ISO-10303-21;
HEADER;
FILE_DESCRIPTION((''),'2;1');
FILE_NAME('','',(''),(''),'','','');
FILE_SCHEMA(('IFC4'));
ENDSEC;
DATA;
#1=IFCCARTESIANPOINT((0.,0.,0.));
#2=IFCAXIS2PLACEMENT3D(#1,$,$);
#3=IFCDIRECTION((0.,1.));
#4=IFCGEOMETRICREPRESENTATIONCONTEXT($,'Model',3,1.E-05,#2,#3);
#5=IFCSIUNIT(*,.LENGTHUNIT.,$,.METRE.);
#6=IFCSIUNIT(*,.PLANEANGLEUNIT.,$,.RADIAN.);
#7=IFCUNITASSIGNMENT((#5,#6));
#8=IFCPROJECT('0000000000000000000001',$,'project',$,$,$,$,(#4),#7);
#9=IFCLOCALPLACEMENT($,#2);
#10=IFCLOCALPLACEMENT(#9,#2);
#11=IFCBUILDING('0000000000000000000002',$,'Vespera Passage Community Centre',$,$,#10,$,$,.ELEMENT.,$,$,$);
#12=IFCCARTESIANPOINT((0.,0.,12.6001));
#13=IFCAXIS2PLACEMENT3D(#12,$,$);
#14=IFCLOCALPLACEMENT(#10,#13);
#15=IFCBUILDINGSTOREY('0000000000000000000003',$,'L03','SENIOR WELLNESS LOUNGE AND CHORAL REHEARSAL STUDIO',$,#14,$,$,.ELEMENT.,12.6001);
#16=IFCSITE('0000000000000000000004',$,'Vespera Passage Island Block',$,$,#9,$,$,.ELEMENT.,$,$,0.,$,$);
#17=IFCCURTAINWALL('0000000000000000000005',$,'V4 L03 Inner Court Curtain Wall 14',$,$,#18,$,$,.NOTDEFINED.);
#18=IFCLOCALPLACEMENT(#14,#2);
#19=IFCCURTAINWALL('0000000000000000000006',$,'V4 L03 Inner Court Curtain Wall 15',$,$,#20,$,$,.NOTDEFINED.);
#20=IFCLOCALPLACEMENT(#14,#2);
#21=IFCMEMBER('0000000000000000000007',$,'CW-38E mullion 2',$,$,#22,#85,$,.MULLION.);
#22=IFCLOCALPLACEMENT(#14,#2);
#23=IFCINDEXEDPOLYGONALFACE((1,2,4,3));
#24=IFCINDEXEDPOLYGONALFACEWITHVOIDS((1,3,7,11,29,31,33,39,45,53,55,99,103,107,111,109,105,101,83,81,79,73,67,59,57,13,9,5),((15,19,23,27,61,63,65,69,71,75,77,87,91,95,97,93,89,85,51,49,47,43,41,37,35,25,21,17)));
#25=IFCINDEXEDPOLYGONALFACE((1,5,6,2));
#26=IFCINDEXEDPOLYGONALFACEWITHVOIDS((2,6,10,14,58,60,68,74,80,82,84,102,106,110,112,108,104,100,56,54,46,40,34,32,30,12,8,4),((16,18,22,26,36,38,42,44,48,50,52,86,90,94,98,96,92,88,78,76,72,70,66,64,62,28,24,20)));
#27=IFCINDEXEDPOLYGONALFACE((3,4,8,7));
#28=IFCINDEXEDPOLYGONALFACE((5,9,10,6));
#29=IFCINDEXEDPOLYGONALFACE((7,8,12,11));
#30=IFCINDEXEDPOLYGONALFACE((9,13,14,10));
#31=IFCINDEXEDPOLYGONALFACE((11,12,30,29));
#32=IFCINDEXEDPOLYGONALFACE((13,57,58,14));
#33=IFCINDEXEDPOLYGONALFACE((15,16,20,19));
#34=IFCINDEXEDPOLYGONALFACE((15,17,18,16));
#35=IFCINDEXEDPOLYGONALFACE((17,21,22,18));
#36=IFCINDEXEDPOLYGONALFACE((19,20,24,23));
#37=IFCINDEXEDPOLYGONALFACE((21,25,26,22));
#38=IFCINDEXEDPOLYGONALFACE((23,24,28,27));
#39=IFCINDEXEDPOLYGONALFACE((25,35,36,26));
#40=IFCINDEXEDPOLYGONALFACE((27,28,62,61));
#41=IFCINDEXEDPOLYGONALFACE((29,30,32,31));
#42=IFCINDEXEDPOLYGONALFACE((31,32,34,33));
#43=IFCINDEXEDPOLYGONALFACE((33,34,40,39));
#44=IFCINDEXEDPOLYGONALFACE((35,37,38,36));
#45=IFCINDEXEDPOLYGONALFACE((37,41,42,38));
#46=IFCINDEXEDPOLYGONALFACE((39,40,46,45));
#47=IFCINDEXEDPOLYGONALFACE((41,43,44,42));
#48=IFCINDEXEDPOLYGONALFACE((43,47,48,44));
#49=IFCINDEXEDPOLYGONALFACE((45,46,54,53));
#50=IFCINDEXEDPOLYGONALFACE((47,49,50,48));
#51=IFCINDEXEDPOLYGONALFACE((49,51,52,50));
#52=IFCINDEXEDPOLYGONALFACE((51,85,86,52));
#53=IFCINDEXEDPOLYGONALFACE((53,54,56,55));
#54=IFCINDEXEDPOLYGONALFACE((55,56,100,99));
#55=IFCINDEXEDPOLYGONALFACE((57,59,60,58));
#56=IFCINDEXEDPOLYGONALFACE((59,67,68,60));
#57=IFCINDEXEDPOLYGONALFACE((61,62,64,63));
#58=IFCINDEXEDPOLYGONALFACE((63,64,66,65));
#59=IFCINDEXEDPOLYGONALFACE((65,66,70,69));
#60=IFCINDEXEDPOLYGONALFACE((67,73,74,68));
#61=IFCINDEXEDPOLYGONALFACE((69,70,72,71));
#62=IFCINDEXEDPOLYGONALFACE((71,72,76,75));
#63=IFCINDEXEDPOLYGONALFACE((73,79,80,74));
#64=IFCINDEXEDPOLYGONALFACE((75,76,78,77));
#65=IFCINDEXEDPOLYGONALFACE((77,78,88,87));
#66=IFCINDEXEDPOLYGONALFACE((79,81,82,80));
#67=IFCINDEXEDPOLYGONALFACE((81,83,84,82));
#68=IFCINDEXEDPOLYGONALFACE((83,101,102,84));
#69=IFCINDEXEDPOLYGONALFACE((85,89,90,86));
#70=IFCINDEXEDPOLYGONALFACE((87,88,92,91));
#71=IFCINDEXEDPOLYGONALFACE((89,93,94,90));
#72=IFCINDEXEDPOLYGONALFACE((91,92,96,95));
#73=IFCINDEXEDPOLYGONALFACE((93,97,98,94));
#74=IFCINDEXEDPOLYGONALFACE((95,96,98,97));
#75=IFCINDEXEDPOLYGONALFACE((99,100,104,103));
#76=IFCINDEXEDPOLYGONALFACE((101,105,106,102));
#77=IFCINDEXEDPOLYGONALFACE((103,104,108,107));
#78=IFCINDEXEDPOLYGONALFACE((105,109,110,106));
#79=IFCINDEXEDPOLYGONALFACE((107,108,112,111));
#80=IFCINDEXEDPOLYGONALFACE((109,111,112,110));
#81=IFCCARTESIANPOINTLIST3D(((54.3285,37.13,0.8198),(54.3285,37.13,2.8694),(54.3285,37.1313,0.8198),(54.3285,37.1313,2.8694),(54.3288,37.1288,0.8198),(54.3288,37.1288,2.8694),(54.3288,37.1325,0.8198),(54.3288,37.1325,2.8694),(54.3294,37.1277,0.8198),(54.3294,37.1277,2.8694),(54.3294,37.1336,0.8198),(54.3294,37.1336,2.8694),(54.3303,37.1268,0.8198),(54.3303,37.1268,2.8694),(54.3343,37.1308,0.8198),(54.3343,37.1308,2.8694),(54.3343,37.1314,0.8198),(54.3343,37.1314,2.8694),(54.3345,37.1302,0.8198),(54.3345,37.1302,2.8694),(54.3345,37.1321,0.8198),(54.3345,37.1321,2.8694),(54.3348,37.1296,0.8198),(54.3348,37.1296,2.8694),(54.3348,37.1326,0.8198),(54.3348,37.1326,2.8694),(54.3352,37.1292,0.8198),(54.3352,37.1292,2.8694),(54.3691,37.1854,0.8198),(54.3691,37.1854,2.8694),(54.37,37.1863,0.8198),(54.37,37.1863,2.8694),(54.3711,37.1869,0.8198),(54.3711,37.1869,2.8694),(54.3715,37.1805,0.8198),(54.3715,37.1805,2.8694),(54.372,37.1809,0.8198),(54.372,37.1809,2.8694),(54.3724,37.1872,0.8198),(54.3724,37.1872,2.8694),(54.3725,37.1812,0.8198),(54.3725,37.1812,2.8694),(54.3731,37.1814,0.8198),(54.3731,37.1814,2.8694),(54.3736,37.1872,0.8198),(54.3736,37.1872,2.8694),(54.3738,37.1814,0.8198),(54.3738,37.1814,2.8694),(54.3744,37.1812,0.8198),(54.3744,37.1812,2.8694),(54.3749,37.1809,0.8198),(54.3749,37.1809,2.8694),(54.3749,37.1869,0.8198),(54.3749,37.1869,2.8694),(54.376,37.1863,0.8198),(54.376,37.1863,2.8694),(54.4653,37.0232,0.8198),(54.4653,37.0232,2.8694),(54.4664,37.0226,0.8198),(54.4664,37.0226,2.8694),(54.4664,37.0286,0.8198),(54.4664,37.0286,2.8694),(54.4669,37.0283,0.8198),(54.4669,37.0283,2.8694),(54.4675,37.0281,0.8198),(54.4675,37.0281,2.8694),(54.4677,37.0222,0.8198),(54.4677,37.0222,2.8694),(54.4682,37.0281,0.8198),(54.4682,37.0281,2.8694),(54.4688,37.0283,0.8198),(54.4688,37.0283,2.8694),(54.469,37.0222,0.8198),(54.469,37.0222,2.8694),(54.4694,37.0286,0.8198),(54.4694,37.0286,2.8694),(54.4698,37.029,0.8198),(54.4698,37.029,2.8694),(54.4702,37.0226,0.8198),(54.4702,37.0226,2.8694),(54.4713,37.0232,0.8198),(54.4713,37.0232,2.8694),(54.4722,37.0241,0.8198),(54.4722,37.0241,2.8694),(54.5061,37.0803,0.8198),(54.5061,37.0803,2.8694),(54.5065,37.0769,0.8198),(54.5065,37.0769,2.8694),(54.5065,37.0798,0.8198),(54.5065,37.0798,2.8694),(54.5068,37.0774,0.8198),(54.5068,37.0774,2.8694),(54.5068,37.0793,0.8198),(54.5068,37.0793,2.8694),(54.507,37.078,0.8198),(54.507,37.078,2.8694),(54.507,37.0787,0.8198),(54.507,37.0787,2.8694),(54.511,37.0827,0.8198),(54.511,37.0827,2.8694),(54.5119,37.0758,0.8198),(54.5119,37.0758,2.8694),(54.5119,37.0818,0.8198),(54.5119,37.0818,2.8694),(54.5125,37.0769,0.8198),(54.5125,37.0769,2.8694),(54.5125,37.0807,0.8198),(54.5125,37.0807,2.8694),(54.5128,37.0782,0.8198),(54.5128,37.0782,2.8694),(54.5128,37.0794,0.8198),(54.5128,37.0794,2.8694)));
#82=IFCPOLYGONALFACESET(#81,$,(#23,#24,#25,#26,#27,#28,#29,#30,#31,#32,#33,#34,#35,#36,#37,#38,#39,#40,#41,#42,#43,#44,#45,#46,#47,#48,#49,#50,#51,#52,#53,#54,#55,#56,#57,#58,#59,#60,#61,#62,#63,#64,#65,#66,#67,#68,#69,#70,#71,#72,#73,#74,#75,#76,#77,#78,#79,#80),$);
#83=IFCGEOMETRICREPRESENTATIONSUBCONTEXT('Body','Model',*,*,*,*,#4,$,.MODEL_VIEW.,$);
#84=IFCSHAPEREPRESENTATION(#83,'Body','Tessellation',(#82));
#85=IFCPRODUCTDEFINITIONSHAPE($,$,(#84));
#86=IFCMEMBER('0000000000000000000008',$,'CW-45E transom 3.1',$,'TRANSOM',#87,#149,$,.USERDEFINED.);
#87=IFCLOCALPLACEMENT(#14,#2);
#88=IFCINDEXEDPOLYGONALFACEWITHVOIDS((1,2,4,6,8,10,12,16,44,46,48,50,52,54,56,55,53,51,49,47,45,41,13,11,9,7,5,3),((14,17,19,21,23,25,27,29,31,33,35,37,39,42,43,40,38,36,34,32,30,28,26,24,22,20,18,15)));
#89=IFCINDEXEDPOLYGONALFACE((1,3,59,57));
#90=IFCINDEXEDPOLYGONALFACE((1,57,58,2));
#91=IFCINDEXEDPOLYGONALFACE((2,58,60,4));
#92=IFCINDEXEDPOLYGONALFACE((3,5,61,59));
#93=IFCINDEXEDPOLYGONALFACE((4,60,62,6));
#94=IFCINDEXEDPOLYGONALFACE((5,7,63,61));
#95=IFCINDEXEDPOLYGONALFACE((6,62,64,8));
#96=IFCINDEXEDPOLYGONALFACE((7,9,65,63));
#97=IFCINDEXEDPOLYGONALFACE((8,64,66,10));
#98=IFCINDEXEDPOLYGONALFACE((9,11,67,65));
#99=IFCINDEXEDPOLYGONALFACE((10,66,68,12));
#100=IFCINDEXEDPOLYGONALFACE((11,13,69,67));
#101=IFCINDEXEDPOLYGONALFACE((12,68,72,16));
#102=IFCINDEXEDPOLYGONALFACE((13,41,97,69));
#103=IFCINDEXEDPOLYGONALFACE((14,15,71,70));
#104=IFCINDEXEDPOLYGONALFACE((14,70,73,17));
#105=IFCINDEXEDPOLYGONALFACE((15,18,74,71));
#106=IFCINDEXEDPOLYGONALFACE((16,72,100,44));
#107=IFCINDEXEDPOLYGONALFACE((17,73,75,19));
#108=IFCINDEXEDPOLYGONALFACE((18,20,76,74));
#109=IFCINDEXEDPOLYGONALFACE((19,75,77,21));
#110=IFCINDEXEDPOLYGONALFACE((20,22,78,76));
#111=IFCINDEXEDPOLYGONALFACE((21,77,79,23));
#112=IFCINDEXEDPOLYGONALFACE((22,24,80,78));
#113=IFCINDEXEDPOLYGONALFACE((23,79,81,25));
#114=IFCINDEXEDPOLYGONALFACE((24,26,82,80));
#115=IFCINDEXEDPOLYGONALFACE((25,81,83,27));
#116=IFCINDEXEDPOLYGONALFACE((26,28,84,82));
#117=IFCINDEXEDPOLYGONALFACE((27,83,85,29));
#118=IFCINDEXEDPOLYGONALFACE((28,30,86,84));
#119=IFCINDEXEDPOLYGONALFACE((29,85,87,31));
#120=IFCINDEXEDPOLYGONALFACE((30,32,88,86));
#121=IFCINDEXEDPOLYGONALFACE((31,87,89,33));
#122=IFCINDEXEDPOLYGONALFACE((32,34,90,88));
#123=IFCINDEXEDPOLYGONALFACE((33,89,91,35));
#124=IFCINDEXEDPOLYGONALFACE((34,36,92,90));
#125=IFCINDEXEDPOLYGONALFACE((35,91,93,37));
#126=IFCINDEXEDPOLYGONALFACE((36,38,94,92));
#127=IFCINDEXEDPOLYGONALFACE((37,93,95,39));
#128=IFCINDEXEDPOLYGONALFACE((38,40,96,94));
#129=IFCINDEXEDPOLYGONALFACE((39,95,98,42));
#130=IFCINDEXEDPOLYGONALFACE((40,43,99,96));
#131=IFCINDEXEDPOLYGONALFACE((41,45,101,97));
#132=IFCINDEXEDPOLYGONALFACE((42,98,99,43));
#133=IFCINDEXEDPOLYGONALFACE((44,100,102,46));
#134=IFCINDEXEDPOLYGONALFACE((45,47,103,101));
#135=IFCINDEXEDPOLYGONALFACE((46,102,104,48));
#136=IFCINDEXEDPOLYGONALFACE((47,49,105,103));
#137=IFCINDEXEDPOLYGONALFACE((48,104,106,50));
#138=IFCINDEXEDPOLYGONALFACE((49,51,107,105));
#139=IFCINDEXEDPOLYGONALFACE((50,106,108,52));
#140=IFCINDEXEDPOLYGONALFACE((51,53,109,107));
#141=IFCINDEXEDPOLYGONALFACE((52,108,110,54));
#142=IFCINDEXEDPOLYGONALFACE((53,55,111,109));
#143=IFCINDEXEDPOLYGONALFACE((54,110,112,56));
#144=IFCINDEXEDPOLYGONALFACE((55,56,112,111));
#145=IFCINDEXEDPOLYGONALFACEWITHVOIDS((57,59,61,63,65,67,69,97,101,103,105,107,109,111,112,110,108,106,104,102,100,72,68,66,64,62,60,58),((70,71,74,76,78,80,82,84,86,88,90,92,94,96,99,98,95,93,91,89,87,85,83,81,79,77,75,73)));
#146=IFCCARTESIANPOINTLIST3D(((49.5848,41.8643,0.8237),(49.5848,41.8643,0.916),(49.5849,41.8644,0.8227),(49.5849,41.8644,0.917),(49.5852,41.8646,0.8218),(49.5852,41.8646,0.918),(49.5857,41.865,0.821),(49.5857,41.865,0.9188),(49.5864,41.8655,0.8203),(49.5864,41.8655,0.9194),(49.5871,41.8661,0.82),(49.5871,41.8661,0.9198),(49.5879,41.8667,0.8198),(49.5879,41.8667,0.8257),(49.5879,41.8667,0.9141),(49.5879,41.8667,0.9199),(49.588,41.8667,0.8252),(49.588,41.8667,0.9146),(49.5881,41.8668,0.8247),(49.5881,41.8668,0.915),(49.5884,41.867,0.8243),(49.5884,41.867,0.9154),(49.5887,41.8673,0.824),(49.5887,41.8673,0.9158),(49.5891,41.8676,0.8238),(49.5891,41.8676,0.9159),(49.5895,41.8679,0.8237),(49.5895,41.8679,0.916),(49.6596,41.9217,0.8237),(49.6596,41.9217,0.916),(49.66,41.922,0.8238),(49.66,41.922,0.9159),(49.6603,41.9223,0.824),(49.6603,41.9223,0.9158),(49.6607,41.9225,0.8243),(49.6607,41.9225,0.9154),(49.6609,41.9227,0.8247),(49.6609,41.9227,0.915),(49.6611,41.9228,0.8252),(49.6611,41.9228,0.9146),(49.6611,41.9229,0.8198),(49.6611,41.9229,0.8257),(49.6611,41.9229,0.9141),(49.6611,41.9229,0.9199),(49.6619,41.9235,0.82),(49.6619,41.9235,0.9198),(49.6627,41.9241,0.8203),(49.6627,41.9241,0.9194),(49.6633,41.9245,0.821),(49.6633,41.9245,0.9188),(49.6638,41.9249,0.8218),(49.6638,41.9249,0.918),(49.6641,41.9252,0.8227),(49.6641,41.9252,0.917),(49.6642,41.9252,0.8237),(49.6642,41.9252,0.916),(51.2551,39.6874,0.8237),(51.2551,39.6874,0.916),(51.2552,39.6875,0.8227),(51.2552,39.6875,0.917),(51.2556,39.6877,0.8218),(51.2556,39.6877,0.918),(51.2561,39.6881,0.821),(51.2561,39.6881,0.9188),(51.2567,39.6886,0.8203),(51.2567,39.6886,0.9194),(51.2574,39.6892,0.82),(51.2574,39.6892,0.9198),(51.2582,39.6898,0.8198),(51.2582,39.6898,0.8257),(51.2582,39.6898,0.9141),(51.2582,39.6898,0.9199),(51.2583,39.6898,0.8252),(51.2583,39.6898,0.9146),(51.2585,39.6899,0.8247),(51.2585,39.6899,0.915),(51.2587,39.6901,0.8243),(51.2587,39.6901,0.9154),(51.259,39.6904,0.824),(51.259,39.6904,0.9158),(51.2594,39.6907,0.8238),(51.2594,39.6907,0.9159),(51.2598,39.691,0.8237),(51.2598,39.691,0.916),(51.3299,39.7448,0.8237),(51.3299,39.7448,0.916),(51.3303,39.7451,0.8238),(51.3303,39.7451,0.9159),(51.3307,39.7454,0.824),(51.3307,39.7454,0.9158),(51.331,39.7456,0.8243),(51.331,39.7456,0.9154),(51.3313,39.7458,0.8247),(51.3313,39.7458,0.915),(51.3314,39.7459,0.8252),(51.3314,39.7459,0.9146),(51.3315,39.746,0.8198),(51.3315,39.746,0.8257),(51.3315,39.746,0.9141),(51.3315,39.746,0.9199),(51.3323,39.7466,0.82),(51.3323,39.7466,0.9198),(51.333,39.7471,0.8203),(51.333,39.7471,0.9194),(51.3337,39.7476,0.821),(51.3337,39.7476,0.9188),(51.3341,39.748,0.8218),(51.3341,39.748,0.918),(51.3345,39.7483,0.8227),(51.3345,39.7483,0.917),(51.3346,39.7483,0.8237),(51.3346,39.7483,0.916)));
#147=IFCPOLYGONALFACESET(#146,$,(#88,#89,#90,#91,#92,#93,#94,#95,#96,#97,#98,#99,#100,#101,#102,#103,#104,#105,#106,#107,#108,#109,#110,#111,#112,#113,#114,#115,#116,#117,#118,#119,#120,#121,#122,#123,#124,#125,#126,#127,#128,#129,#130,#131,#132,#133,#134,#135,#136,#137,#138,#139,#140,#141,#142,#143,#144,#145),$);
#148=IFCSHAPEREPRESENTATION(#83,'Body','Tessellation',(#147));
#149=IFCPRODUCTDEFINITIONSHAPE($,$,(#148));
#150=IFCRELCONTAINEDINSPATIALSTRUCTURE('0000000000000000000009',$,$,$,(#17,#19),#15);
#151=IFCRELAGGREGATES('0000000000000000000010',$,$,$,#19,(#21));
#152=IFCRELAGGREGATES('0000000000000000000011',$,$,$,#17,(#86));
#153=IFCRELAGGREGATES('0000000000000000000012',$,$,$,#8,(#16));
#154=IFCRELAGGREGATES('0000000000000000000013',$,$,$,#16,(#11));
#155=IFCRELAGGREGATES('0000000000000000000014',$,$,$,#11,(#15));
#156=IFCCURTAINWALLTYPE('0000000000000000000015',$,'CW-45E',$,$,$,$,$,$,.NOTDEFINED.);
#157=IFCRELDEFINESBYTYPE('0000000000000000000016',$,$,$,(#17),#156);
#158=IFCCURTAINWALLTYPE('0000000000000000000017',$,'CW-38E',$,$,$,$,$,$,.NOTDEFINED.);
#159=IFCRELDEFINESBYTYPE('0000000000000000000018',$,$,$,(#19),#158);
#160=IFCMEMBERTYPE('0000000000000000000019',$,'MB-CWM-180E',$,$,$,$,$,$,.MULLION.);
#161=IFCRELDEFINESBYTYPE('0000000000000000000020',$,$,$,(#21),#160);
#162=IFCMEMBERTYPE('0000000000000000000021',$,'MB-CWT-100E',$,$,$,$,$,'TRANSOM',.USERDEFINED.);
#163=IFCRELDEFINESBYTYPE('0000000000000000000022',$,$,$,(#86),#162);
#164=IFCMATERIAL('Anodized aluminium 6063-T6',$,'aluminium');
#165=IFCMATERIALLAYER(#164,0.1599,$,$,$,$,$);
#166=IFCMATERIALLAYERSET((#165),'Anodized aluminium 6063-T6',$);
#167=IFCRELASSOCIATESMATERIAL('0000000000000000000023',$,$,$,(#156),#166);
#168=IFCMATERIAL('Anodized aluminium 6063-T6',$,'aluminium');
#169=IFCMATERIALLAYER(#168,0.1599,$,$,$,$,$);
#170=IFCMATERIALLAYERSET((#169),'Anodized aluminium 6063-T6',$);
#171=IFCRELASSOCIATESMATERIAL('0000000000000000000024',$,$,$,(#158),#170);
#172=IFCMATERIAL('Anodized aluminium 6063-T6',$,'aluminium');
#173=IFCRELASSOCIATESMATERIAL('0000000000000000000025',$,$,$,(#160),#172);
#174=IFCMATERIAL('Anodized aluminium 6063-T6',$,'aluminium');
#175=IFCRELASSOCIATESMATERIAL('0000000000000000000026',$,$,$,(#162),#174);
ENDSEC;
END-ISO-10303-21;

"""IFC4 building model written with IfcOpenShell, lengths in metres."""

from ifc_helpers import new_model, si_unit, direction, frame, origin, origin_2d, place, context, subcontext, project, spatial, hollow_rectangle, extrude, material, layer, layer_set, material_profile, profile_set, type_object, element, aggregate, save


model = new_model("IFC4")

# Units and contexts
model_context = context("Model", 3, precision=1e-05, world=origin(), true_north=direction((0.0, 1.0)))
body_context = subcontext(model_context, "Body", "Model", "MODEL_VIEW")
ifc_project = project(units=[si_unit("LENGTHUNIT", "METRE"), si_unit("PLANEANGLEUNIT", "RADIAN")], contexts=[model_context])

# Site, building, storey
site_placement = place(None, origin())
site = spatial("IfcSite", under=ifc_project, at=site_placement, Name="Vespera Passage Island Block", CompositionType="ELEMENT", RefElevation=0.0)
building_placement = place(site_placement, origin())
building = spatial("IfcBuilding", under=site, at=building_placement, Name="Vespera Passage Community Centre", CompositionType="ELEMENT")
storey_placement = place(building_placement, frame((0.0, 0.0, 12.6001)))
storey = spatial("IfcBuildingStorey", under=building, at=storey_placement, Name="L03", Description="SENIOR WELLNESS LOUNGE AND CHORAL REHEARSAL STUDIO", CompositionType="ELEMENT", Elevation=12.6001)

# Curtain walls, member
ifc_material_1 = material(Name="Anodized aluminium 6063-T6", Category="aluminium")
ifc_layer_1 = layer(ifc_material_1, 0.1599)
ifc_layer_set_1 = layer_set([ifc_layer_1], Name="Anodized aluminium 6063-T6")
curtain_wall_type_1 = type_object("IfcCurtainWallType", Name="CW-45E", PredefinedType="NOTDEFINED", material=ifc_layer_set_1)
curtain_wall_1_placement = place(storey_placement, origin())
curtain_wall_1 = element("IfcCurtainWall", 1, at=curtain_wall_1_placement, inside=storey, type_object=curtain_wall_type_1, Name="V4 L03 Inner Court Curtain Wall 14", PredefinedType="NOTDEFINED")
ifc_material_2 = material(Name="Anodized aluminium 6063-T6", Category="aluminium")
ifc_layer_2 = layer(ifc_material_2, 0.1599)
ifc_layer_set_2 = layer_set([ifc_layer_2], Name="Anodized aluminium 6063-T6")
curtain_wall_type_2 = type_object("IfcCurtainWallType", Name="CW-38E", PredefinedType="NOTDEFINED", material=ifc_layer_set_2)
curtain_wall_2_placement = place(storey_placement, origin())
curtain_wall_2 = element("IfcCurtainWall", 2, at=curtain_wall_2_placement, inside=storey, type_object=curtain_wall_type_2, Name="V4 L03 Inner Court Curtain Wall 15", PredefinedType="NOTDEFINED")
ifc_material_3 = material(Name="Anodized aluminium 6063-T6", Category="aluminium")
ifc_material_profile_1 = material_profile(ifc_material_3, hollow_rectangle(XDim=0.075, YDim=0.1799, WallThickness=0.0049, InnerFilletRadius=0.0024, OuterFilletRadius=0.0049, at=origin_2d()), Name="ALU180X75X5")
ifc_profile_set_1 = profile_set([ifc_material_profile_1], Name="Anodized aluminium 6063-T6")
member_type_1 = type_object("IfcMemberType", Name="MB-CWM-180E", PredefinedType="MULLION", material=ifc_profile_set_1)
member_1_placement = place(storey_placement, frame((54.4207, 37.1047, 0.8198), z_axis=(0.0, 0.0, 1.0), x_axis=(0.608755, 0.793358, 0.0)))
member_1 = element("IfcMember", 3, at=member_1_placement, type_object=member_type_1, Name="CW-38E mullion 2", PredefinedType="MULLION", context=body_context, shape_type="SweptSolid", body=[
    extrude(hollow_rectangle(XDim=0.075, YDim=0.1799, WallThickness=0.0049, InnerFilletRadius=0.0024, OuterFilletRadius=0.0049, at=origin_2d()), origin(), (0.0, 0.0, 1.0), 2.0496),
])

# Member
ifc_material_4 = material(Name="Anodized aluminium 6063-T6", Category="aluminium")
ifc_material_profile_2 = material_profile(ifc_material_4, hollow_rectangle(XDim=0.1001, YDim=0.1001, WallThickness=0.0039, InnerFilletRadius=0.002, OuterFilletRadius=0.0039, at=origin_2d()), Name="ALU100X100X4")
ifc_profile_set_2 = profile_set([ifc_material_profile_2], Name="Anodized aluminium 6063-T6")
member_type_2 = type_object("IfcMemberType", Name="MB-CWT-100E", ElementType="TRANSOM", PredefinedType="USERDEFINED", material=ifc_profile_set_2)
member_2_placement = place(storey_placement, frame((49.6245, 41.8948, 0.8699), z_axis=(0.608747, -0.793364, 0.0), x_axis=(0.793364, 0.608747, 0.0)))
member_2 = element("IfcMember", 4, at=member_2_placement, type_object=member_type_2, Name="CW-45E transom 3.1", ObjectType="TRANSOM", PredefinedType="USERDEFINED", context=body_context, shape_type="SweptSolid", body=[
    extrude(hollow_rectangle(XDim=0.1001, YDim=0.1001, WallThickness=0.0039, InnerFilletRadius=0.002, OuterFilletRadius=0.0039, at=origin_2d()), origin(), (0.0, 0.0, 1.0), 2.7439),
])

aggregate(curtain_wall_2, [member_1])
aggregate(curtain_wall_1, [member_2])

save(model, "model.ifc")
